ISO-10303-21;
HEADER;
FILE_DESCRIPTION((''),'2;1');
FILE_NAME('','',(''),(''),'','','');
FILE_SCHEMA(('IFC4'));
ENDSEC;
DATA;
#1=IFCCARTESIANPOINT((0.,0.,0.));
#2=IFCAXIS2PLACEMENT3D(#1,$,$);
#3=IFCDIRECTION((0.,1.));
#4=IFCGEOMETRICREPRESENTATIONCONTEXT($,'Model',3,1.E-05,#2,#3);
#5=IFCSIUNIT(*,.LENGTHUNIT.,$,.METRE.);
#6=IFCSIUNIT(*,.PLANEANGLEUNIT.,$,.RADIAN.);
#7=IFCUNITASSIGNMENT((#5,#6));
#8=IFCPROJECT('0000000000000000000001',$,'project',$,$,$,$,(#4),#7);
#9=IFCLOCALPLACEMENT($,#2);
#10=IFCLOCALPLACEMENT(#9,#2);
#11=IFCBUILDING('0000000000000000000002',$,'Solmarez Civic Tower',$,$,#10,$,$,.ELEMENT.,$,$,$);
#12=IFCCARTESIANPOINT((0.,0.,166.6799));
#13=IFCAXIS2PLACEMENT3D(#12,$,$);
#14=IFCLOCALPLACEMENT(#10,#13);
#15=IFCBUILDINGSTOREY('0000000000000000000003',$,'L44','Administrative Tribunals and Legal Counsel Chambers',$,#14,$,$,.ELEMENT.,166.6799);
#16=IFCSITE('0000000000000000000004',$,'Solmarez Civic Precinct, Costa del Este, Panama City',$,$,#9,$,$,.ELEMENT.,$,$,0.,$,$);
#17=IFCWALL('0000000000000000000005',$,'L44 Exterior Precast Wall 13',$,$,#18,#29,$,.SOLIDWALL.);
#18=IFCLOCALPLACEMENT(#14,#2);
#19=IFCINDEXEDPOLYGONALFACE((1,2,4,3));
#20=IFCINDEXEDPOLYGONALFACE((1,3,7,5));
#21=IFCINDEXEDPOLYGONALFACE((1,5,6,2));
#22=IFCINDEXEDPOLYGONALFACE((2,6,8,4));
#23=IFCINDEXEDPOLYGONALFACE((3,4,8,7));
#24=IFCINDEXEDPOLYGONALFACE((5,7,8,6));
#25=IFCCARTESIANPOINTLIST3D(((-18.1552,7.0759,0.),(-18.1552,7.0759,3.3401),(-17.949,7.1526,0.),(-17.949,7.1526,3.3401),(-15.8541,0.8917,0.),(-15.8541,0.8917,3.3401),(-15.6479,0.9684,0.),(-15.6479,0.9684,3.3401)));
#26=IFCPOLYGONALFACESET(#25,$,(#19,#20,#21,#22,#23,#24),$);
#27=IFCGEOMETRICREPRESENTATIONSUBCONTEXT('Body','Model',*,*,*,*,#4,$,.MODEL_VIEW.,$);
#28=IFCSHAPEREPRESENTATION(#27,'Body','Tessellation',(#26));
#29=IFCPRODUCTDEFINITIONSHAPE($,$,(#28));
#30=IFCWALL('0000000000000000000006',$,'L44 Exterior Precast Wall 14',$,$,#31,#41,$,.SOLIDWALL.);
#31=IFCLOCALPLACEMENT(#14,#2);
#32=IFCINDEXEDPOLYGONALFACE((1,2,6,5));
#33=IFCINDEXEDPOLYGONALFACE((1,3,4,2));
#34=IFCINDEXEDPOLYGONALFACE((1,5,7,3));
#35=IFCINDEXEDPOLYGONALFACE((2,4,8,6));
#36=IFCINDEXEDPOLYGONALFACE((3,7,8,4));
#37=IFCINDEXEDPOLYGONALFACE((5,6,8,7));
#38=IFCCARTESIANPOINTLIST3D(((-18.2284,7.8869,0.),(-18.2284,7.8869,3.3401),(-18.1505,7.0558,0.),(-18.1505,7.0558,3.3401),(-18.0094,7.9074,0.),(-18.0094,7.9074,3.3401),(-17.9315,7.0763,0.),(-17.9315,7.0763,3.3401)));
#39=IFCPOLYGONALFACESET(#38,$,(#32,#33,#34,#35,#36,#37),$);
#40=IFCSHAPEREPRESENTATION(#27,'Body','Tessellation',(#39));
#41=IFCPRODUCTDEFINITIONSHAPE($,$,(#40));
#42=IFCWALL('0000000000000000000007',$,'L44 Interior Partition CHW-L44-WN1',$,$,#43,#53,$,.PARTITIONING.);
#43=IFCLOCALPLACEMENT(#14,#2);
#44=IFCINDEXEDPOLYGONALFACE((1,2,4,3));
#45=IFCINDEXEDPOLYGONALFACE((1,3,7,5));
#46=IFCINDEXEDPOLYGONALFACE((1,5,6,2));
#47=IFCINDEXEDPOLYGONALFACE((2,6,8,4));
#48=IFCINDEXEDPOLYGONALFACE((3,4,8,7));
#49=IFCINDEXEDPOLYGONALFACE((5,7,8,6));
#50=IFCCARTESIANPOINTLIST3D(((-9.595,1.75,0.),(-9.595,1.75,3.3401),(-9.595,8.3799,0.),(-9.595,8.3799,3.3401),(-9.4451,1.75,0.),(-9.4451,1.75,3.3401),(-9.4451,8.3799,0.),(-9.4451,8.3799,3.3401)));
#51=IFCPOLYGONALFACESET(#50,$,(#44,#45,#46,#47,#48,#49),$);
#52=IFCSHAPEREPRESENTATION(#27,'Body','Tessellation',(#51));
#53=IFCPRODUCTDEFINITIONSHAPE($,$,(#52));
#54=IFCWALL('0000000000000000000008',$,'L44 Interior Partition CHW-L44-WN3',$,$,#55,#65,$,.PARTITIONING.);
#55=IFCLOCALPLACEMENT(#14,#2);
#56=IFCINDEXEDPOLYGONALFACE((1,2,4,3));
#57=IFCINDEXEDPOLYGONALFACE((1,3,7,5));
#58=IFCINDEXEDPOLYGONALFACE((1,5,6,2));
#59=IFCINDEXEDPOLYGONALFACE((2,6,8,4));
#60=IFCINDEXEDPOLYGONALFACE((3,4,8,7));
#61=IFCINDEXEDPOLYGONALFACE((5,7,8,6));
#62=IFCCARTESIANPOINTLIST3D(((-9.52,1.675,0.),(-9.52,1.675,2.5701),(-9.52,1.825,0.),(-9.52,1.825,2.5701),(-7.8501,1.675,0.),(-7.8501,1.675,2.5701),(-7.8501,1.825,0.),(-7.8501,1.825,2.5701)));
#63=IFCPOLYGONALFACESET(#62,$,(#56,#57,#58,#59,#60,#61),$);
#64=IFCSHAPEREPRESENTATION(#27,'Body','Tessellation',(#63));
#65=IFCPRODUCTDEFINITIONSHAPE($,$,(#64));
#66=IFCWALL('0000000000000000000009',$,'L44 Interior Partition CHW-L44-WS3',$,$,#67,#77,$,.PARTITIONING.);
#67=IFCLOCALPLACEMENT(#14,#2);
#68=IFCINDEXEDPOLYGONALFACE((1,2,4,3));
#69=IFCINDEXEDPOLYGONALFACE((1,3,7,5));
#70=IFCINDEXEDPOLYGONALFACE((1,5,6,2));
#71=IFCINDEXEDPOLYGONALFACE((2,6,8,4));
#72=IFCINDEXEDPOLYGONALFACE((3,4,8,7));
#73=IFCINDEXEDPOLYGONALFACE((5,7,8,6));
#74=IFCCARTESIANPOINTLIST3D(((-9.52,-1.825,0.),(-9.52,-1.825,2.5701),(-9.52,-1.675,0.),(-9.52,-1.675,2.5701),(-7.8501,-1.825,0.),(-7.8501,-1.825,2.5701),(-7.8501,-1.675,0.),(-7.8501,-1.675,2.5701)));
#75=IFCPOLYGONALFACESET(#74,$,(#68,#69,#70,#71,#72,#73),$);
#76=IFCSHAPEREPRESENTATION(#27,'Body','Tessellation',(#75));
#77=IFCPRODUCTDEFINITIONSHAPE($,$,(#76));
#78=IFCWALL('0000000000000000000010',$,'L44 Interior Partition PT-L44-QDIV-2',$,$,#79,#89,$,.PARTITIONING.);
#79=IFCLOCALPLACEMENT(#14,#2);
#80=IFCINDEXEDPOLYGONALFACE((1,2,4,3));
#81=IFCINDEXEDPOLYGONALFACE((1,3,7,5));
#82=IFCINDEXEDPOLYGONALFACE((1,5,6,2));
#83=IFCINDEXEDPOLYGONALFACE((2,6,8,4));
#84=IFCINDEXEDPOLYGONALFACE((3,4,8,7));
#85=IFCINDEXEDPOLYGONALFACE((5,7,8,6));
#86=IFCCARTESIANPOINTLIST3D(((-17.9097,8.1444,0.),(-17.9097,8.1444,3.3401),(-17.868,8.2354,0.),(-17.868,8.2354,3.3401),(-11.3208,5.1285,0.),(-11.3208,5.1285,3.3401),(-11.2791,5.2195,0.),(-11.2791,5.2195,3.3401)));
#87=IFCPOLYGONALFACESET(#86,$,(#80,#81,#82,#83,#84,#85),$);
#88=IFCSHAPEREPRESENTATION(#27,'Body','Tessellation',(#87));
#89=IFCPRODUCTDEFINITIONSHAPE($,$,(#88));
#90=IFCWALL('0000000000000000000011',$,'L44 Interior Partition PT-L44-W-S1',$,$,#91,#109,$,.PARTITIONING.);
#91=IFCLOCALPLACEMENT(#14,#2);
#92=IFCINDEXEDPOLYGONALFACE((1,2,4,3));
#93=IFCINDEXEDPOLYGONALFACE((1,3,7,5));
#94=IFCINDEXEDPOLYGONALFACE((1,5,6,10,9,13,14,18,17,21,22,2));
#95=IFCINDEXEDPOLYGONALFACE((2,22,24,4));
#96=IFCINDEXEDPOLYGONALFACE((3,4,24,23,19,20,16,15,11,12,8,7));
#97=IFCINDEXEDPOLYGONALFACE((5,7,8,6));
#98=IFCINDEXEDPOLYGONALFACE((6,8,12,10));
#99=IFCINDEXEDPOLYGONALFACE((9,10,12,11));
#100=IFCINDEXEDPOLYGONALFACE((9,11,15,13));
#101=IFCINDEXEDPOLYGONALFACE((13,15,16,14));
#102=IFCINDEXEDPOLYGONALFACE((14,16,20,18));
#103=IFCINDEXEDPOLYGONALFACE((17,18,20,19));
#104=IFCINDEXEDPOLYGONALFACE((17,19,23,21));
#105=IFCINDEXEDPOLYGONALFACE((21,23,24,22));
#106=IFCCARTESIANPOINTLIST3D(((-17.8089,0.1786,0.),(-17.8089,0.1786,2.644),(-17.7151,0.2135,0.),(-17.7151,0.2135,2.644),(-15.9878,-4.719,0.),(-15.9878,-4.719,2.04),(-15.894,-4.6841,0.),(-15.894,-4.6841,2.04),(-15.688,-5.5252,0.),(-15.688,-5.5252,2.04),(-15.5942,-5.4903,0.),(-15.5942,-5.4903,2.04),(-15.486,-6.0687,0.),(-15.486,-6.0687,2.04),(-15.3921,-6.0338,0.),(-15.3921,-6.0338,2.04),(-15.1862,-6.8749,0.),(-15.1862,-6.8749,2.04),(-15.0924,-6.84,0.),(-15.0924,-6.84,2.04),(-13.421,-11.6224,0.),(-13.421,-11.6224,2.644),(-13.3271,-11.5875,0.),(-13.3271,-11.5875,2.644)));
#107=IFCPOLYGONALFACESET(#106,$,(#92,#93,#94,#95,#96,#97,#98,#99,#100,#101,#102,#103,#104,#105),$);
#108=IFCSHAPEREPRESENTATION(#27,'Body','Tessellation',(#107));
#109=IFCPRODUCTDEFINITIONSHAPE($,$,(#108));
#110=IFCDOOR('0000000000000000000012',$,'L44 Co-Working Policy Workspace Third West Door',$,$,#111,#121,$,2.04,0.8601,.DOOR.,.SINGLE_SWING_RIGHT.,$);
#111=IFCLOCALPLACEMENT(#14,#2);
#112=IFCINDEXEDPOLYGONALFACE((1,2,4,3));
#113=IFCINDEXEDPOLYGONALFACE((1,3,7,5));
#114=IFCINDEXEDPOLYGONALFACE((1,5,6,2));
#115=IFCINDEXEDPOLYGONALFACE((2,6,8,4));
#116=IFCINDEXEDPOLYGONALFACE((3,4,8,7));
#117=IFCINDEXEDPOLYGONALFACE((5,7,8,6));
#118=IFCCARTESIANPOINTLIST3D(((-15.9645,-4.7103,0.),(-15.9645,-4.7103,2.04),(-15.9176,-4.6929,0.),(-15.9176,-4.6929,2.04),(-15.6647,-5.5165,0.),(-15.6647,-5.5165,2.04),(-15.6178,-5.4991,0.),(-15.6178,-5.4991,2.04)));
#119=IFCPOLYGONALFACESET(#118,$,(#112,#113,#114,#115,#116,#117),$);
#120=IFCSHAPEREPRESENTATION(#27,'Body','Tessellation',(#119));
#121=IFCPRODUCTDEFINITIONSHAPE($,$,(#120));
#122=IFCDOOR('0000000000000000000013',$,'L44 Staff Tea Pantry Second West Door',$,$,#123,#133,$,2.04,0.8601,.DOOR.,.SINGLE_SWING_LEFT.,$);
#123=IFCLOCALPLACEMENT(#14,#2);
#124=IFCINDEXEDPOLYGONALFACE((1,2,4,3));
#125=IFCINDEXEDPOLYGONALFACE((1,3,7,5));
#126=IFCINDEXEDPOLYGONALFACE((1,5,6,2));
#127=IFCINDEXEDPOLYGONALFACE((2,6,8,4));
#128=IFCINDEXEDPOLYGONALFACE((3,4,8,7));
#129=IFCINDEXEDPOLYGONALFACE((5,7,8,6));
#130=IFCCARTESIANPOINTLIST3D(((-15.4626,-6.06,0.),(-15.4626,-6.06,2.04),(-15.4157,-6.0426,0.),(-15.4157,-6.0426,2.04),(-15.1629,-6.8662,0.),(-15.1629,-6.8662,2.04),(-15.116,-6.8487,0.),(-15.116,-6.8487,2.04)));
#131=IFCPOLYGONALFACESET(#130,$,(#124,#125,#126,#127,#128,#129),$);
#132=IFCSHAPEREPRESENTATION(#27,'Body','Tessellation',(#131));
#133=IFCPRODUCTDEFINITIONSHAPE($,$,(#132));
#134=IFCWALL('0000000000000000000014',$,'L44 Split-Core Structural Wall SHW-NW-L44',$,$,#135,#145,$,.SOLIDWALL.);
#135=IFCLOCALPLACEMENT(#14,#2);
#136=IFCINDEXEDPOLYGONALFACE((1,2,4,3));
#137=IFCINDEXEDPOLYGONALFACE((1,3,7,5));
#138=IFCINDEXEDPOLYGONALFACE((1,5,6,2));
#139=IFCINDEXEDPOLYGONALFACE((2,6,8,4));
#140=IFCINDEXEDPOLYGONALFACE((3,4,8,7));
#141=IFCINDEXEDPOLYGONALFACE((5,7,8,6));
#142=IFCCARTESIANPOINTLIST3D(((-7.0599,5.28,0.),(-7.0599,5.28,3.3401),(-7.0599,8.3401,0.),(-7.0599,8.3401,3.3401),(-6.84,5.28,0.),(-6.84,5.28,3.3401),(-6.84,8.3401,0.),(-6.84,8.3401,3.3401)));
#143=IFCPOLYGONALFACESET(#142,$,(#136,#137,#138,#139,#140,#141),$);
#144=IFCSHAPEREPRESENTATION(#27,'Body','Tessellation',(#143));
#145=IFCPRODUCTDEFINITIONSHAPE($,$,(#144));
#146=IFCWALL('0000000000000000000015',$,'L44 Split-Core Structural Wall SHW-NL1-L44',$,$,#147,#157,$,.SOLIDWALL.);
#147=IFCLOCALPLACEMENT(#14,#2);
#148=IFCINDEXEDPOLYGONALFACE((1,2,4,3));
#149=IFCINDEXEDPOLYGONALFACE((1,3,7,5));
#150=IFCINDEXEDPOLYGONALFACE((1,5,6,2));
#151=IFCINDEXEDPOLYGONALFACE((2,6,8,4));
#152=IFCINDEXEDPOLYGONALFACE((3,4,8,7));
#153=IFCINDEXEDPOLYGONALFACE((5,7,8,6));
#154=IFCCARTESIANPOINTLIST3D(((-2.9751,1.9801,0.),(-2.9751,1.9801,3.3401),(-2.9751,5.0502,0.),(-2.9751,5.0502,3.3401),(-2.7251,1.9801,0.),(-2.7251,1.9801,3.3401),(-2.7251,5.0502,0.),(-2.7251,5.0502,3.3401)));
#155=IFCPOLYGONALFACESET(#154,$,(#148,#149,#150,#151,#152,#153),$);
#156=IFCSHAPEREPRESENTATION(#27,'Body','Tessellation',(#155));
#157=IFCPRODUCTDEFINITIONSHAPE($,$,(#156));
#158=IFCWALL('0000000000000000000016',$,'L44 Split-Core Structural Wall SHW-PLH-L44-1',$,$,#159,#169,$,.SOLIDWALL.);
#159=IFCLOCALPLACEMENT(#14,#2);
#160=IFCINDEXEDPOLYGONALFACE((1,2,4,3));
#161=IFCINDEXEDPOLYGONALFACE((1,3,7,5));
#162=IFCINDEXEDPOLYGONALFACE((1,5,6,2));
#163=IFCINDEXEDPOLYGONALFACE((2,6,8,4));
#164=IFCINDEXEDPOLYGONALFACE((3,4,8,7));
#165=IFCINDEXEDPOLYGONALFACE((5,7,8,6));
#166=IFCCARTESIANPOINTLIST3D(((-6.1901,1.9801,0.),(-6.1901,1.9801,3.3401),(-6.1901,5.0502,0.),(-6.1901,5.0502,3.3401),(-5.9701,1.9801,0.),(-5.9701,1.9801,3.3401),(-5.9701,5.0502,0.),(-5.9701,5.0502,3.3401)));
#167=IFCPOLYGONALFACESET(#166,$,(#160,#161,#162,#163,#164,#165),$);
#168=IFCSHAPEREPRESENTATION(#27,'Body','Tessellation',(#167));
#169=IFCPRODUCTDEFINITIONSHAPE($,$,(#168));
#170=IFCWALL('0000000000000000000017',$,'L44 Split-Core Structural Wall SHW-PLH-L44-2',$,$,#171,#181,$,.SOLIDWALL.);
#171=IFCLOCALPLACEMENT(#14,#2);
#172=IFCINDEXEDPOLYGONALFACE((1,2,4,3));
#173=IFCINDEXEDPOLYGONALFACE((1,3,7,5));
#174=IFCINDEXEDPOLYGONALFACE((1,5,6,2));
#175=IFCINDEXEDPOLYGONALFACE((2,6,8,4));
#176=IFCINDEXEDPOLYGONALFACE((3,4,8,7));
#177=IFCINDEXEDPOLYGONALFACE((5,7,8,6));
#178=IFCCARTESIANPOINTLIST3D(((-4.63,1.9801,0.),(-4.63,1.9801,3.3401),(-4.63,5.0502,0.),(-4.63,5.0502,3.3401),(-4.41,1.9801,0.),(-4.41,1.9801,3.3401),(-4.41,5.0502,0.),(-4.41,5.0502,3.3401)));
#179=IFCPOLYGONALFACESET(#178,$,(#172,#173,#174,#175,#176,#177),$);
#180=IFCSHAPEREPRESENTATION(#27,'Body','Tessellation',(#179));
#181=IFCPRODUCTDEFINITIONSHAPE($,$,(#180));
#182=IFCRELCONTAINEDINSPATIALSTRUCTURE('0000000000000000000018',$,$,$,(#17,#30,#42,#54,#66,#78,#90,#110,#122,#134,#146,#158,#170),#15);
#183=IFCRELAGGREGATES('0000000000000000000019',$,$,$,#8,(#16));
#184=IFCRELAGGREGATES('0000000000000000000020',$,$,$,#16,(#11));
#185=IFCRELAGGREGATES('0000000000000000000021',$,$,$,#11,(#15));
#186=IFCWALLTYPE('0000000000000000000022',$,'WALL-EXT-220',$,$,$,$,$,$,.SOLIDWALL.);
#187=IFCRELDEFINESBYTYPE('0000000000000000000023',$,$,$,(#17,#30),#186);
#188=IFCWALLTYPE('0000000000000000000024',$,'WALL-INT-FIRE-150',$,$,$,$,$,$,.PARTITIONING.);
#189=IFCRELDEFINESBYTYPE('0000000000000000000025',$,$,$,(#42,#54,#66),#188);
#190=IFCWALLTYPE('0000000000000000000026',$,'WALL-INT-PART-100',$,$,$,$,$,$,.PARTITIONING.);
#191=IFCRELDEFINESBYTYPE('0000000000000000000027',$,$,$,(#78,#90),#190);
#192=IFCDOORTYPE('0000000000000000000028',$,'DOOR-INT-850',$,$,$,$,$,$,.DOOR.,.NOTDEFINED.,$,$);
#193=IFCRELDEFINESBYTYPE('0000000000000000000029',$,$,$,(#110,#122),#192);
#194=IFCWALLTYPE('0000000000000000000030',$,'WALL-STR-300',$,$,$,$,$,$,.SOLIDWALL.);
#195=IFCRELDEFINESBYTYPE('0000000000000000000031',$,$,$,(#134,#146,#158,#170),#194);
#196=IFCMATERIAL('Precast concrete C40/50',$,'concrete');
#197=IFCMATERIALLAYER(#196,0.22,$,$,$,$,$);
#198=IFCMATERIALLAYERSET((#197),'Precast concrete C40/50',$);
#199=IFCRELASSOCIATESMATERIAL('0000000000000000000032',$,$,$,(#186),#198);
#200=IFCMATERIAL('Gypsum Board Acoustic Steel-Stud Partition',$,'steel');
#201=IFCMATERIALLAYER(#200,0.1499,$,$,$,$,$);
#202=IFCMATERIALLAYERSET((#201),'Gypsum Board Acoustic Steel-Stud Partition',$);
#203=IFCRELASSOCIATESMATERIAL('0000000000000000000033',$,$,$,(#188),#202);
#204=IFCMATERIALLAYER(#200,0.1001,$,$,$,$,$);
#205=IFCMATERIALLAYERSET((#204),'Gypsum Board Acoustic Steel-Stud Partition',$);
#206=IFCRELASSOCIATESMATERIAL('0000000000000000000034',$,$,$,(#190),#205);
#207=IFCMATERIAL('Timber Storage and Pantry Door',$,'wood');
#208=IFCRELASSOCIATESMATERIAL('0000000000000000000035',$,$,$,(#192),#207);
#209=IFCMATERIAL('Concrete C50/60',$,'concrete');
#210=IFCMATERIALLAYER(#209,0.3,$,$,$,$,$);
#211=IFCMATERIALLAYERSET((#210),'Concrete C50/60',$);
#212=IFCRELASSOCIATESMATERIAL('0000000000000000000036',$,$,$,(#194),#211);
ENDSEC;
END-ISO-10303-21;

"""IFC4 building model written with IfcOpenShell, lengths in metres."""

from ifc_helpers import new_model, si_unit, direction, frame, frame_2d, origin, place, context, subcontext, project, spatial, rectangle, extrude, material, layer, layer_set, type_object, element, fill, save


model = new_model("IFC4")

# Units and contexts
model_context = context("Model", 3, precision=1e-05, world=origin(), true_north=direction((0.0, 1.0)))
body_context = subcontext(model_context, "Body", "Model", "MODEL_VIEW")
ifc_project = project(units=[si_unit("LENGTHUNIT", "METRE"), si_unit("PLANEANGLEUNIT", "RADIAN")], contexts=[model_context])

# Site, building, storey
site_placement = place(None, origin())
site = spatial("IfcSite", under=ifc_project, at=site_placement, Name="Solmarez Civic Precinct, Costa del Este, Panama City", CompositionType="ELEMENT", RefElevation=0.0)
building_placement = place(site_placement, origin())
building = spatial("IfcBuilding", under=site, at=building_placement, Name="Solmarez Civic Tower", CompositionType="ELEMENT")
storey_placement = place(building_placement, frame((0.0, 0.0, 166.6799)))
storey = spatial("IfcBuildingStorey", under=building, at=storey_placement, Name="L44", Description="Administrative Tribunals and Legal Counsel Chambers", CompositionType="ELEMENT", Elevation=166.6799)

# Shared definitions
ifc_material_1 = material(Name="Concrete C50/60", Category="concrete")

# Walls
ifc_material_2 = material(Name="Precast concrete C40/50", Category="concrete")
ifc_layer_1 = layer(ifc_material_2, 0.22)
ifc_layer_set_1 = layer_set([ifc_layer_1], Name="Precast concrete C40/50")
wall_type_1 = type_object("IfcWallType", Name="WALL-EXT-220", PredefinedType="SOLIDWALL", material=ifc_layer_set_1)
wall_1_placement = place(storey_placement, frame((-15.751, 0.9299, 0.0), z_axis=(0.0, 0.0, 1.0), x_axis=(-0.34873, 0.937223, 0.0)))
element("IfcWall", 1, at=wall_1_placement, inside=storey, type_object=wall_type_1, Name="L44 Exterior Precast Wall 13", PredefinedType="SOLIDWALL", context=body_context, shape_type="SweptSolid", body=[
    extrude(rectangle(XDim=6.5984, YDim=0.22, at=frame_2d((3.2993, 0.0))), origin(), (0.0, 0.0, 1.0), 3.3401),
])
wall_2_placement = place(storey_placement, frame((-18.041, 7.0659, 0.0), z_axis=(0.0, 0.0, 1.0), x_axis=(-0.093304, 0.995638, 0.0)))
element("IfcWall", 2, at=wall_2_placement, inside=storey, type_object=wall_type_1, Name="L44 Exterior Precast Wall 14", PredefinedType="SOLIDWALL", context=body_context, shape_type="SweptSolid", body=[
    extrude(rectangle(XDim=0.8347, YDim=0.22, at=frame_2d((0.4175, 0.0))), origin(), (0.0, 0.0, 1.0), 3.3401),
])
ifc_material_3 = material(Name="Gypsum Board Acoustic Steel-Stud Partition", Category="steel")
ifc_layer_2 = layer(ifc_material_3, 0.1499)
ifc_layer_set_2 = layer_set([ifc_layer_2], Name="Gypsum Board Acoustic Steel-Stud Partition")
wall_type_2 = type_object("IfcWallType", Name="WALL-INT-FIRE-150", PredefinedType="PARTITIONING", material=ifc_layer_set_2)
wall_3_placement = place(storey_placement, frame((-9.52, 1.75, 0.0), z_axis=(0.0, 0.0, 1.0), x_axis=(0.0, 1.0, 0.0)))
element("IfcWall", 3, at=wall_3_placement, inside=storey, type_object=wall_type_2, Name="L44 Interior Partition CHW-L44-WN1", PredefinedType="PARTITIONING", context=body_context, shape_type="SweptSolid", body=[
    extrude(rectangle(XDim=6.6299, YDim=0.1499, at=frame_2d((3.3149, 0.0))), origin(), (0.0, 0.0, 1.0), 3.3401),
])
for number, where, z_axis, x_axis, name in (
    (4, (-7.8501, 1.75, 0.0), (0.0, 0.0, 1.0), (-1.0, 0.0, 0.0), "L44 Interior Partition CHW-L44-WN3"),
    (5, (-7.8501, -1.75, 0.0), (0.0, 0.0, 1.0), (-1.0, 0.0, 0.0), "L44 Interior Partition CHW-L44-WS3"),
):
    element("IfcWall", number, at=place(storey_placement, frame(where, z_axis=z_axis, x_axis=x_axis)), inside=storey, type_object=wall_type_2, Name=name, PredefinedType="PARTITIONING", context=body_context, shape_type="SweptSolid", body=[
        extrude(rectangle(XDim=1.6699, YDim=0.1499, at=frame_2d((0.835, 0.0))), origin(), (0.0, 0.0, 1.0), 2.5701),
    ])
ifc_layer_3 = layer(ifc_material_3, 0.1001)
ifc_layer_set_3 = layer_set([ifc_layer_3], Name="Gypsum Board Acoustic Steel-Stud Partition")
wall_type_3 = type_object("IfcWallType", Name="WALL-INT-PART-100", PredefinedType="PARTITIONING", material=ifc_layer_set_3)
wall_4_placement = place(storey_placement, frame((-11.3, 5.1741, 0.0), z_axis=(0.0, 0.0, 1.0), x_axis=(-0.909275, 0.416195, 0.0)))
element("IfcWall", 6, at=wall_4_placement, inside=storey, type_object=wall_type_3, Name="L44 Interior Partition PT-L44-QDIV-2", PredefinedType="PARTITIONING", context=body_context, shape_type="SweptSolid", body=[
    extrude(rectangle(XDim=7.2463, YDim=0.1001, at=frame_2d((3.623, 0.0))), origin(), (0.0, 0.0, 1.0), 3.3401),
])

# Wall, openings, doors
wall_5_placement = place(storey_placement, frame((-17.762, 0.196, 0.0), z_axis=(0.0, 0.0, 1.0), x_axis=(0.348515, -0.937303, 0.0)))
wall_5 = element("IfcWall", 7, at=wall_5_placement, inside=storey, type_object=wall_type_3, Name="L44 Interior Partition PT-L44-W-S1", PredefinedType="PARTITIONING", context=body_context, shape_type="SweptSolid", body=[
    extrude(rectangle(XDim=12.5903, YDim=0.1001, at=frame_2d((6.2952, 0.0))), origin(), (0.0, 0.0, 1.0), 2.644),
])
opening_1_placement = place(wall_5_placement, frame((5.2251, 0.0, 0.0)))
opening_1 = element("IfcOpeningElement", 8, at=opening_1_placement, cuts=wall_5, PredefinedType="OPENING", context=body_context, shape_type="SweptSolid", body=[
    extrude(rectangle(XDim=0.8601, YDim=2.04, at=frame_2d((0.4302, 1.02))), frame((0.0, 0.0601, 0.0), z_axis=(0.0, -1.0, 0.0), x_axis=(1.0, 0.0, 0.0)), (0.0, 0.0, 1.0), 0.1201),
])
opening_2_placement = place(wall_5_placement, frame((6.665, 0.0, 0.0)))
opening_2 = element("IfcOpeningElement", 9, at=opening_2_placement, cuts=wall_5, PredefinedType="OPENING", context=body_context, shape_type="SweptSolid", body=[
    extrude(rectangle(XDim=0.8601, YDim=2.04, at=frame_2d((0.4302, 1.02))), frame((0.0, 0.0601, 0.0), z_axis=(0.0, -1.0, 0.0), x_axis=(1.0, 0.0, 0.0)), (0.0, 0.0, 1.0), 0.1201),
])
ifc_material_4 = material(Name="Timber Storage and Pantry Door", Category="wood")
door_type = type_object("IfcDoorType", Name="DOOR-INT-850", OperationType="NOTDEFINED", PredefinedType="DOOR", material=ifc_material_4)
door_1_placement = place(opening_1_placement, origin())
door_1 = element("IfcDoor", 10, at=door_1_placement, inside=storey, type_object=door_type, Name="L44 Co-Working Policy Workspace Third West Door", OperationType="SINGLE_SWING_RIGHT", OverallHeight=2.04, OverallWidth=0.8601, PredefinedType="DOOR", context=body_context, shape_type="SweptSolid", body=[
    extrude(rectangle(XDim=0.8601, YDim=2.04, at=frame_2d((0.4302, 1.02))), frame((0.0, 0.0249, 0.0), z_axis=(0.0, -1.0, 0.0), x_axis=(1.0, 0.0, 0.0)), (0.0, 0.0, 1.0), 0.05),
])
fill(opening_1, door_1)
door_2_placement = place(opening_2_placement, origin())
door_2 = element("IfcDoor", 11, at=door_2_placement, inside=storey, type_object=door_type, Name="L44 Staff Tea Pantry Second West Door", OperationType="SINGLE_SWING_LEFT", OverallHeight=2.04, OverallWidth=0.8601, PredefinedType="DOOR", context=body_context, shape_type="SweptSolid", body=[
    extrude(rectangle(XDim=0.8601, YDim=2.04, at=frame_2d((0.4302, 1.02))), frame((0.0, 0.0249, 0.0), z_axis=(0.0, -1.0, 0.0), x_axis=(1.0, 0.0, 0.0)), (0.0, 0.0, 1.0), 0.05),
])
fill(opening_2, door_2)

# Walls
ifc_layer_4 = layer(ifc_material_1, 0.3)
ifc_layer_set_4 = layer_set([ifc_layer_4], Name="Concrete C50/60")
wall_type_4 = type_object("IfcWallType", Name="WALL-STR-300", PredefinedType="SOLIDWALL", material=ifc_layer_set_4)
wall_6_placement = place(storey_placement, frame((-6.95, 5.28, 0.0), z_axis=(0.0, 0.0, 1.0), x_axis=(0.0, 1.0, 0.0)))
element("IfcWall", 12, at=wall_6_placement, inside=storey, type_object=wall_type_4, Name="L44 Split-Core Structural Wall SHW-NW-L44", PredefinedType="SOLIDWALL", context=body_context, shape_type="SweptSolid", body=[
    extrude(rectangle(XDim=3.0601, YDim=0.22, at=frame_2d((1.53, 0.0))), origin(), (0.0, 0.0, 1.0), 3.3401),
])
wall_7_placement = place(storey_placement, frame((-2.8501, 1.98, 0.0), z_axis=(0.0, 0.0, 1.0), x_axis=(0.0, 1.0, 0.0)))
element("IfcWall", 13, at=wall_7_placement, inside=storey, type_object=wall_type_4, Name="L44 Split-Core Structural Wall SHW-NL1-L44", PredefinedType="SOLIDWALL", context=body_context, shape_type="SweptSolid", body=[
    extrude(rectangle(XDim=3.0701, YDim=0.25, at=frame_2d((1.5352, 0.0))), origin(), (0.0, 0.0, 1.0), 3.3401),
])
for number, where, z_axis, x_axis, name in (
    (14, (-6.0801, 1.98, 0.0), (0.0, 0.0, 1.0), (0.0, 1.0, 0.0), "L44 Split-Core Structural Wall SHW-PLH-L44-1"),
    (15, (-4.52, 1.98, 0.0), (0.0, 0.0, 1.0), (0.0, 1.0, 0.0), "L44 Split-Core Structural Wall SHW-PLH-L44-2"),
):
    element("IfcWall", number, at=place(storey_placement, frame(where, z_axis=z_axis, x_axis=x_axis)), inside=storey, type_object=wall_type_4, Name=name, PredefinedType="SOLIDWALL", context=body_context, shape_type="SweptSolid", body=[
        extrude(rectangle(XDim=3.0701, YDim=0.22, at=frame_2d((1.5352, 0.0))), origin(), (0.0, 0.0, 1.0), 3.3401),
    ])

save(model, "model.ifc")
